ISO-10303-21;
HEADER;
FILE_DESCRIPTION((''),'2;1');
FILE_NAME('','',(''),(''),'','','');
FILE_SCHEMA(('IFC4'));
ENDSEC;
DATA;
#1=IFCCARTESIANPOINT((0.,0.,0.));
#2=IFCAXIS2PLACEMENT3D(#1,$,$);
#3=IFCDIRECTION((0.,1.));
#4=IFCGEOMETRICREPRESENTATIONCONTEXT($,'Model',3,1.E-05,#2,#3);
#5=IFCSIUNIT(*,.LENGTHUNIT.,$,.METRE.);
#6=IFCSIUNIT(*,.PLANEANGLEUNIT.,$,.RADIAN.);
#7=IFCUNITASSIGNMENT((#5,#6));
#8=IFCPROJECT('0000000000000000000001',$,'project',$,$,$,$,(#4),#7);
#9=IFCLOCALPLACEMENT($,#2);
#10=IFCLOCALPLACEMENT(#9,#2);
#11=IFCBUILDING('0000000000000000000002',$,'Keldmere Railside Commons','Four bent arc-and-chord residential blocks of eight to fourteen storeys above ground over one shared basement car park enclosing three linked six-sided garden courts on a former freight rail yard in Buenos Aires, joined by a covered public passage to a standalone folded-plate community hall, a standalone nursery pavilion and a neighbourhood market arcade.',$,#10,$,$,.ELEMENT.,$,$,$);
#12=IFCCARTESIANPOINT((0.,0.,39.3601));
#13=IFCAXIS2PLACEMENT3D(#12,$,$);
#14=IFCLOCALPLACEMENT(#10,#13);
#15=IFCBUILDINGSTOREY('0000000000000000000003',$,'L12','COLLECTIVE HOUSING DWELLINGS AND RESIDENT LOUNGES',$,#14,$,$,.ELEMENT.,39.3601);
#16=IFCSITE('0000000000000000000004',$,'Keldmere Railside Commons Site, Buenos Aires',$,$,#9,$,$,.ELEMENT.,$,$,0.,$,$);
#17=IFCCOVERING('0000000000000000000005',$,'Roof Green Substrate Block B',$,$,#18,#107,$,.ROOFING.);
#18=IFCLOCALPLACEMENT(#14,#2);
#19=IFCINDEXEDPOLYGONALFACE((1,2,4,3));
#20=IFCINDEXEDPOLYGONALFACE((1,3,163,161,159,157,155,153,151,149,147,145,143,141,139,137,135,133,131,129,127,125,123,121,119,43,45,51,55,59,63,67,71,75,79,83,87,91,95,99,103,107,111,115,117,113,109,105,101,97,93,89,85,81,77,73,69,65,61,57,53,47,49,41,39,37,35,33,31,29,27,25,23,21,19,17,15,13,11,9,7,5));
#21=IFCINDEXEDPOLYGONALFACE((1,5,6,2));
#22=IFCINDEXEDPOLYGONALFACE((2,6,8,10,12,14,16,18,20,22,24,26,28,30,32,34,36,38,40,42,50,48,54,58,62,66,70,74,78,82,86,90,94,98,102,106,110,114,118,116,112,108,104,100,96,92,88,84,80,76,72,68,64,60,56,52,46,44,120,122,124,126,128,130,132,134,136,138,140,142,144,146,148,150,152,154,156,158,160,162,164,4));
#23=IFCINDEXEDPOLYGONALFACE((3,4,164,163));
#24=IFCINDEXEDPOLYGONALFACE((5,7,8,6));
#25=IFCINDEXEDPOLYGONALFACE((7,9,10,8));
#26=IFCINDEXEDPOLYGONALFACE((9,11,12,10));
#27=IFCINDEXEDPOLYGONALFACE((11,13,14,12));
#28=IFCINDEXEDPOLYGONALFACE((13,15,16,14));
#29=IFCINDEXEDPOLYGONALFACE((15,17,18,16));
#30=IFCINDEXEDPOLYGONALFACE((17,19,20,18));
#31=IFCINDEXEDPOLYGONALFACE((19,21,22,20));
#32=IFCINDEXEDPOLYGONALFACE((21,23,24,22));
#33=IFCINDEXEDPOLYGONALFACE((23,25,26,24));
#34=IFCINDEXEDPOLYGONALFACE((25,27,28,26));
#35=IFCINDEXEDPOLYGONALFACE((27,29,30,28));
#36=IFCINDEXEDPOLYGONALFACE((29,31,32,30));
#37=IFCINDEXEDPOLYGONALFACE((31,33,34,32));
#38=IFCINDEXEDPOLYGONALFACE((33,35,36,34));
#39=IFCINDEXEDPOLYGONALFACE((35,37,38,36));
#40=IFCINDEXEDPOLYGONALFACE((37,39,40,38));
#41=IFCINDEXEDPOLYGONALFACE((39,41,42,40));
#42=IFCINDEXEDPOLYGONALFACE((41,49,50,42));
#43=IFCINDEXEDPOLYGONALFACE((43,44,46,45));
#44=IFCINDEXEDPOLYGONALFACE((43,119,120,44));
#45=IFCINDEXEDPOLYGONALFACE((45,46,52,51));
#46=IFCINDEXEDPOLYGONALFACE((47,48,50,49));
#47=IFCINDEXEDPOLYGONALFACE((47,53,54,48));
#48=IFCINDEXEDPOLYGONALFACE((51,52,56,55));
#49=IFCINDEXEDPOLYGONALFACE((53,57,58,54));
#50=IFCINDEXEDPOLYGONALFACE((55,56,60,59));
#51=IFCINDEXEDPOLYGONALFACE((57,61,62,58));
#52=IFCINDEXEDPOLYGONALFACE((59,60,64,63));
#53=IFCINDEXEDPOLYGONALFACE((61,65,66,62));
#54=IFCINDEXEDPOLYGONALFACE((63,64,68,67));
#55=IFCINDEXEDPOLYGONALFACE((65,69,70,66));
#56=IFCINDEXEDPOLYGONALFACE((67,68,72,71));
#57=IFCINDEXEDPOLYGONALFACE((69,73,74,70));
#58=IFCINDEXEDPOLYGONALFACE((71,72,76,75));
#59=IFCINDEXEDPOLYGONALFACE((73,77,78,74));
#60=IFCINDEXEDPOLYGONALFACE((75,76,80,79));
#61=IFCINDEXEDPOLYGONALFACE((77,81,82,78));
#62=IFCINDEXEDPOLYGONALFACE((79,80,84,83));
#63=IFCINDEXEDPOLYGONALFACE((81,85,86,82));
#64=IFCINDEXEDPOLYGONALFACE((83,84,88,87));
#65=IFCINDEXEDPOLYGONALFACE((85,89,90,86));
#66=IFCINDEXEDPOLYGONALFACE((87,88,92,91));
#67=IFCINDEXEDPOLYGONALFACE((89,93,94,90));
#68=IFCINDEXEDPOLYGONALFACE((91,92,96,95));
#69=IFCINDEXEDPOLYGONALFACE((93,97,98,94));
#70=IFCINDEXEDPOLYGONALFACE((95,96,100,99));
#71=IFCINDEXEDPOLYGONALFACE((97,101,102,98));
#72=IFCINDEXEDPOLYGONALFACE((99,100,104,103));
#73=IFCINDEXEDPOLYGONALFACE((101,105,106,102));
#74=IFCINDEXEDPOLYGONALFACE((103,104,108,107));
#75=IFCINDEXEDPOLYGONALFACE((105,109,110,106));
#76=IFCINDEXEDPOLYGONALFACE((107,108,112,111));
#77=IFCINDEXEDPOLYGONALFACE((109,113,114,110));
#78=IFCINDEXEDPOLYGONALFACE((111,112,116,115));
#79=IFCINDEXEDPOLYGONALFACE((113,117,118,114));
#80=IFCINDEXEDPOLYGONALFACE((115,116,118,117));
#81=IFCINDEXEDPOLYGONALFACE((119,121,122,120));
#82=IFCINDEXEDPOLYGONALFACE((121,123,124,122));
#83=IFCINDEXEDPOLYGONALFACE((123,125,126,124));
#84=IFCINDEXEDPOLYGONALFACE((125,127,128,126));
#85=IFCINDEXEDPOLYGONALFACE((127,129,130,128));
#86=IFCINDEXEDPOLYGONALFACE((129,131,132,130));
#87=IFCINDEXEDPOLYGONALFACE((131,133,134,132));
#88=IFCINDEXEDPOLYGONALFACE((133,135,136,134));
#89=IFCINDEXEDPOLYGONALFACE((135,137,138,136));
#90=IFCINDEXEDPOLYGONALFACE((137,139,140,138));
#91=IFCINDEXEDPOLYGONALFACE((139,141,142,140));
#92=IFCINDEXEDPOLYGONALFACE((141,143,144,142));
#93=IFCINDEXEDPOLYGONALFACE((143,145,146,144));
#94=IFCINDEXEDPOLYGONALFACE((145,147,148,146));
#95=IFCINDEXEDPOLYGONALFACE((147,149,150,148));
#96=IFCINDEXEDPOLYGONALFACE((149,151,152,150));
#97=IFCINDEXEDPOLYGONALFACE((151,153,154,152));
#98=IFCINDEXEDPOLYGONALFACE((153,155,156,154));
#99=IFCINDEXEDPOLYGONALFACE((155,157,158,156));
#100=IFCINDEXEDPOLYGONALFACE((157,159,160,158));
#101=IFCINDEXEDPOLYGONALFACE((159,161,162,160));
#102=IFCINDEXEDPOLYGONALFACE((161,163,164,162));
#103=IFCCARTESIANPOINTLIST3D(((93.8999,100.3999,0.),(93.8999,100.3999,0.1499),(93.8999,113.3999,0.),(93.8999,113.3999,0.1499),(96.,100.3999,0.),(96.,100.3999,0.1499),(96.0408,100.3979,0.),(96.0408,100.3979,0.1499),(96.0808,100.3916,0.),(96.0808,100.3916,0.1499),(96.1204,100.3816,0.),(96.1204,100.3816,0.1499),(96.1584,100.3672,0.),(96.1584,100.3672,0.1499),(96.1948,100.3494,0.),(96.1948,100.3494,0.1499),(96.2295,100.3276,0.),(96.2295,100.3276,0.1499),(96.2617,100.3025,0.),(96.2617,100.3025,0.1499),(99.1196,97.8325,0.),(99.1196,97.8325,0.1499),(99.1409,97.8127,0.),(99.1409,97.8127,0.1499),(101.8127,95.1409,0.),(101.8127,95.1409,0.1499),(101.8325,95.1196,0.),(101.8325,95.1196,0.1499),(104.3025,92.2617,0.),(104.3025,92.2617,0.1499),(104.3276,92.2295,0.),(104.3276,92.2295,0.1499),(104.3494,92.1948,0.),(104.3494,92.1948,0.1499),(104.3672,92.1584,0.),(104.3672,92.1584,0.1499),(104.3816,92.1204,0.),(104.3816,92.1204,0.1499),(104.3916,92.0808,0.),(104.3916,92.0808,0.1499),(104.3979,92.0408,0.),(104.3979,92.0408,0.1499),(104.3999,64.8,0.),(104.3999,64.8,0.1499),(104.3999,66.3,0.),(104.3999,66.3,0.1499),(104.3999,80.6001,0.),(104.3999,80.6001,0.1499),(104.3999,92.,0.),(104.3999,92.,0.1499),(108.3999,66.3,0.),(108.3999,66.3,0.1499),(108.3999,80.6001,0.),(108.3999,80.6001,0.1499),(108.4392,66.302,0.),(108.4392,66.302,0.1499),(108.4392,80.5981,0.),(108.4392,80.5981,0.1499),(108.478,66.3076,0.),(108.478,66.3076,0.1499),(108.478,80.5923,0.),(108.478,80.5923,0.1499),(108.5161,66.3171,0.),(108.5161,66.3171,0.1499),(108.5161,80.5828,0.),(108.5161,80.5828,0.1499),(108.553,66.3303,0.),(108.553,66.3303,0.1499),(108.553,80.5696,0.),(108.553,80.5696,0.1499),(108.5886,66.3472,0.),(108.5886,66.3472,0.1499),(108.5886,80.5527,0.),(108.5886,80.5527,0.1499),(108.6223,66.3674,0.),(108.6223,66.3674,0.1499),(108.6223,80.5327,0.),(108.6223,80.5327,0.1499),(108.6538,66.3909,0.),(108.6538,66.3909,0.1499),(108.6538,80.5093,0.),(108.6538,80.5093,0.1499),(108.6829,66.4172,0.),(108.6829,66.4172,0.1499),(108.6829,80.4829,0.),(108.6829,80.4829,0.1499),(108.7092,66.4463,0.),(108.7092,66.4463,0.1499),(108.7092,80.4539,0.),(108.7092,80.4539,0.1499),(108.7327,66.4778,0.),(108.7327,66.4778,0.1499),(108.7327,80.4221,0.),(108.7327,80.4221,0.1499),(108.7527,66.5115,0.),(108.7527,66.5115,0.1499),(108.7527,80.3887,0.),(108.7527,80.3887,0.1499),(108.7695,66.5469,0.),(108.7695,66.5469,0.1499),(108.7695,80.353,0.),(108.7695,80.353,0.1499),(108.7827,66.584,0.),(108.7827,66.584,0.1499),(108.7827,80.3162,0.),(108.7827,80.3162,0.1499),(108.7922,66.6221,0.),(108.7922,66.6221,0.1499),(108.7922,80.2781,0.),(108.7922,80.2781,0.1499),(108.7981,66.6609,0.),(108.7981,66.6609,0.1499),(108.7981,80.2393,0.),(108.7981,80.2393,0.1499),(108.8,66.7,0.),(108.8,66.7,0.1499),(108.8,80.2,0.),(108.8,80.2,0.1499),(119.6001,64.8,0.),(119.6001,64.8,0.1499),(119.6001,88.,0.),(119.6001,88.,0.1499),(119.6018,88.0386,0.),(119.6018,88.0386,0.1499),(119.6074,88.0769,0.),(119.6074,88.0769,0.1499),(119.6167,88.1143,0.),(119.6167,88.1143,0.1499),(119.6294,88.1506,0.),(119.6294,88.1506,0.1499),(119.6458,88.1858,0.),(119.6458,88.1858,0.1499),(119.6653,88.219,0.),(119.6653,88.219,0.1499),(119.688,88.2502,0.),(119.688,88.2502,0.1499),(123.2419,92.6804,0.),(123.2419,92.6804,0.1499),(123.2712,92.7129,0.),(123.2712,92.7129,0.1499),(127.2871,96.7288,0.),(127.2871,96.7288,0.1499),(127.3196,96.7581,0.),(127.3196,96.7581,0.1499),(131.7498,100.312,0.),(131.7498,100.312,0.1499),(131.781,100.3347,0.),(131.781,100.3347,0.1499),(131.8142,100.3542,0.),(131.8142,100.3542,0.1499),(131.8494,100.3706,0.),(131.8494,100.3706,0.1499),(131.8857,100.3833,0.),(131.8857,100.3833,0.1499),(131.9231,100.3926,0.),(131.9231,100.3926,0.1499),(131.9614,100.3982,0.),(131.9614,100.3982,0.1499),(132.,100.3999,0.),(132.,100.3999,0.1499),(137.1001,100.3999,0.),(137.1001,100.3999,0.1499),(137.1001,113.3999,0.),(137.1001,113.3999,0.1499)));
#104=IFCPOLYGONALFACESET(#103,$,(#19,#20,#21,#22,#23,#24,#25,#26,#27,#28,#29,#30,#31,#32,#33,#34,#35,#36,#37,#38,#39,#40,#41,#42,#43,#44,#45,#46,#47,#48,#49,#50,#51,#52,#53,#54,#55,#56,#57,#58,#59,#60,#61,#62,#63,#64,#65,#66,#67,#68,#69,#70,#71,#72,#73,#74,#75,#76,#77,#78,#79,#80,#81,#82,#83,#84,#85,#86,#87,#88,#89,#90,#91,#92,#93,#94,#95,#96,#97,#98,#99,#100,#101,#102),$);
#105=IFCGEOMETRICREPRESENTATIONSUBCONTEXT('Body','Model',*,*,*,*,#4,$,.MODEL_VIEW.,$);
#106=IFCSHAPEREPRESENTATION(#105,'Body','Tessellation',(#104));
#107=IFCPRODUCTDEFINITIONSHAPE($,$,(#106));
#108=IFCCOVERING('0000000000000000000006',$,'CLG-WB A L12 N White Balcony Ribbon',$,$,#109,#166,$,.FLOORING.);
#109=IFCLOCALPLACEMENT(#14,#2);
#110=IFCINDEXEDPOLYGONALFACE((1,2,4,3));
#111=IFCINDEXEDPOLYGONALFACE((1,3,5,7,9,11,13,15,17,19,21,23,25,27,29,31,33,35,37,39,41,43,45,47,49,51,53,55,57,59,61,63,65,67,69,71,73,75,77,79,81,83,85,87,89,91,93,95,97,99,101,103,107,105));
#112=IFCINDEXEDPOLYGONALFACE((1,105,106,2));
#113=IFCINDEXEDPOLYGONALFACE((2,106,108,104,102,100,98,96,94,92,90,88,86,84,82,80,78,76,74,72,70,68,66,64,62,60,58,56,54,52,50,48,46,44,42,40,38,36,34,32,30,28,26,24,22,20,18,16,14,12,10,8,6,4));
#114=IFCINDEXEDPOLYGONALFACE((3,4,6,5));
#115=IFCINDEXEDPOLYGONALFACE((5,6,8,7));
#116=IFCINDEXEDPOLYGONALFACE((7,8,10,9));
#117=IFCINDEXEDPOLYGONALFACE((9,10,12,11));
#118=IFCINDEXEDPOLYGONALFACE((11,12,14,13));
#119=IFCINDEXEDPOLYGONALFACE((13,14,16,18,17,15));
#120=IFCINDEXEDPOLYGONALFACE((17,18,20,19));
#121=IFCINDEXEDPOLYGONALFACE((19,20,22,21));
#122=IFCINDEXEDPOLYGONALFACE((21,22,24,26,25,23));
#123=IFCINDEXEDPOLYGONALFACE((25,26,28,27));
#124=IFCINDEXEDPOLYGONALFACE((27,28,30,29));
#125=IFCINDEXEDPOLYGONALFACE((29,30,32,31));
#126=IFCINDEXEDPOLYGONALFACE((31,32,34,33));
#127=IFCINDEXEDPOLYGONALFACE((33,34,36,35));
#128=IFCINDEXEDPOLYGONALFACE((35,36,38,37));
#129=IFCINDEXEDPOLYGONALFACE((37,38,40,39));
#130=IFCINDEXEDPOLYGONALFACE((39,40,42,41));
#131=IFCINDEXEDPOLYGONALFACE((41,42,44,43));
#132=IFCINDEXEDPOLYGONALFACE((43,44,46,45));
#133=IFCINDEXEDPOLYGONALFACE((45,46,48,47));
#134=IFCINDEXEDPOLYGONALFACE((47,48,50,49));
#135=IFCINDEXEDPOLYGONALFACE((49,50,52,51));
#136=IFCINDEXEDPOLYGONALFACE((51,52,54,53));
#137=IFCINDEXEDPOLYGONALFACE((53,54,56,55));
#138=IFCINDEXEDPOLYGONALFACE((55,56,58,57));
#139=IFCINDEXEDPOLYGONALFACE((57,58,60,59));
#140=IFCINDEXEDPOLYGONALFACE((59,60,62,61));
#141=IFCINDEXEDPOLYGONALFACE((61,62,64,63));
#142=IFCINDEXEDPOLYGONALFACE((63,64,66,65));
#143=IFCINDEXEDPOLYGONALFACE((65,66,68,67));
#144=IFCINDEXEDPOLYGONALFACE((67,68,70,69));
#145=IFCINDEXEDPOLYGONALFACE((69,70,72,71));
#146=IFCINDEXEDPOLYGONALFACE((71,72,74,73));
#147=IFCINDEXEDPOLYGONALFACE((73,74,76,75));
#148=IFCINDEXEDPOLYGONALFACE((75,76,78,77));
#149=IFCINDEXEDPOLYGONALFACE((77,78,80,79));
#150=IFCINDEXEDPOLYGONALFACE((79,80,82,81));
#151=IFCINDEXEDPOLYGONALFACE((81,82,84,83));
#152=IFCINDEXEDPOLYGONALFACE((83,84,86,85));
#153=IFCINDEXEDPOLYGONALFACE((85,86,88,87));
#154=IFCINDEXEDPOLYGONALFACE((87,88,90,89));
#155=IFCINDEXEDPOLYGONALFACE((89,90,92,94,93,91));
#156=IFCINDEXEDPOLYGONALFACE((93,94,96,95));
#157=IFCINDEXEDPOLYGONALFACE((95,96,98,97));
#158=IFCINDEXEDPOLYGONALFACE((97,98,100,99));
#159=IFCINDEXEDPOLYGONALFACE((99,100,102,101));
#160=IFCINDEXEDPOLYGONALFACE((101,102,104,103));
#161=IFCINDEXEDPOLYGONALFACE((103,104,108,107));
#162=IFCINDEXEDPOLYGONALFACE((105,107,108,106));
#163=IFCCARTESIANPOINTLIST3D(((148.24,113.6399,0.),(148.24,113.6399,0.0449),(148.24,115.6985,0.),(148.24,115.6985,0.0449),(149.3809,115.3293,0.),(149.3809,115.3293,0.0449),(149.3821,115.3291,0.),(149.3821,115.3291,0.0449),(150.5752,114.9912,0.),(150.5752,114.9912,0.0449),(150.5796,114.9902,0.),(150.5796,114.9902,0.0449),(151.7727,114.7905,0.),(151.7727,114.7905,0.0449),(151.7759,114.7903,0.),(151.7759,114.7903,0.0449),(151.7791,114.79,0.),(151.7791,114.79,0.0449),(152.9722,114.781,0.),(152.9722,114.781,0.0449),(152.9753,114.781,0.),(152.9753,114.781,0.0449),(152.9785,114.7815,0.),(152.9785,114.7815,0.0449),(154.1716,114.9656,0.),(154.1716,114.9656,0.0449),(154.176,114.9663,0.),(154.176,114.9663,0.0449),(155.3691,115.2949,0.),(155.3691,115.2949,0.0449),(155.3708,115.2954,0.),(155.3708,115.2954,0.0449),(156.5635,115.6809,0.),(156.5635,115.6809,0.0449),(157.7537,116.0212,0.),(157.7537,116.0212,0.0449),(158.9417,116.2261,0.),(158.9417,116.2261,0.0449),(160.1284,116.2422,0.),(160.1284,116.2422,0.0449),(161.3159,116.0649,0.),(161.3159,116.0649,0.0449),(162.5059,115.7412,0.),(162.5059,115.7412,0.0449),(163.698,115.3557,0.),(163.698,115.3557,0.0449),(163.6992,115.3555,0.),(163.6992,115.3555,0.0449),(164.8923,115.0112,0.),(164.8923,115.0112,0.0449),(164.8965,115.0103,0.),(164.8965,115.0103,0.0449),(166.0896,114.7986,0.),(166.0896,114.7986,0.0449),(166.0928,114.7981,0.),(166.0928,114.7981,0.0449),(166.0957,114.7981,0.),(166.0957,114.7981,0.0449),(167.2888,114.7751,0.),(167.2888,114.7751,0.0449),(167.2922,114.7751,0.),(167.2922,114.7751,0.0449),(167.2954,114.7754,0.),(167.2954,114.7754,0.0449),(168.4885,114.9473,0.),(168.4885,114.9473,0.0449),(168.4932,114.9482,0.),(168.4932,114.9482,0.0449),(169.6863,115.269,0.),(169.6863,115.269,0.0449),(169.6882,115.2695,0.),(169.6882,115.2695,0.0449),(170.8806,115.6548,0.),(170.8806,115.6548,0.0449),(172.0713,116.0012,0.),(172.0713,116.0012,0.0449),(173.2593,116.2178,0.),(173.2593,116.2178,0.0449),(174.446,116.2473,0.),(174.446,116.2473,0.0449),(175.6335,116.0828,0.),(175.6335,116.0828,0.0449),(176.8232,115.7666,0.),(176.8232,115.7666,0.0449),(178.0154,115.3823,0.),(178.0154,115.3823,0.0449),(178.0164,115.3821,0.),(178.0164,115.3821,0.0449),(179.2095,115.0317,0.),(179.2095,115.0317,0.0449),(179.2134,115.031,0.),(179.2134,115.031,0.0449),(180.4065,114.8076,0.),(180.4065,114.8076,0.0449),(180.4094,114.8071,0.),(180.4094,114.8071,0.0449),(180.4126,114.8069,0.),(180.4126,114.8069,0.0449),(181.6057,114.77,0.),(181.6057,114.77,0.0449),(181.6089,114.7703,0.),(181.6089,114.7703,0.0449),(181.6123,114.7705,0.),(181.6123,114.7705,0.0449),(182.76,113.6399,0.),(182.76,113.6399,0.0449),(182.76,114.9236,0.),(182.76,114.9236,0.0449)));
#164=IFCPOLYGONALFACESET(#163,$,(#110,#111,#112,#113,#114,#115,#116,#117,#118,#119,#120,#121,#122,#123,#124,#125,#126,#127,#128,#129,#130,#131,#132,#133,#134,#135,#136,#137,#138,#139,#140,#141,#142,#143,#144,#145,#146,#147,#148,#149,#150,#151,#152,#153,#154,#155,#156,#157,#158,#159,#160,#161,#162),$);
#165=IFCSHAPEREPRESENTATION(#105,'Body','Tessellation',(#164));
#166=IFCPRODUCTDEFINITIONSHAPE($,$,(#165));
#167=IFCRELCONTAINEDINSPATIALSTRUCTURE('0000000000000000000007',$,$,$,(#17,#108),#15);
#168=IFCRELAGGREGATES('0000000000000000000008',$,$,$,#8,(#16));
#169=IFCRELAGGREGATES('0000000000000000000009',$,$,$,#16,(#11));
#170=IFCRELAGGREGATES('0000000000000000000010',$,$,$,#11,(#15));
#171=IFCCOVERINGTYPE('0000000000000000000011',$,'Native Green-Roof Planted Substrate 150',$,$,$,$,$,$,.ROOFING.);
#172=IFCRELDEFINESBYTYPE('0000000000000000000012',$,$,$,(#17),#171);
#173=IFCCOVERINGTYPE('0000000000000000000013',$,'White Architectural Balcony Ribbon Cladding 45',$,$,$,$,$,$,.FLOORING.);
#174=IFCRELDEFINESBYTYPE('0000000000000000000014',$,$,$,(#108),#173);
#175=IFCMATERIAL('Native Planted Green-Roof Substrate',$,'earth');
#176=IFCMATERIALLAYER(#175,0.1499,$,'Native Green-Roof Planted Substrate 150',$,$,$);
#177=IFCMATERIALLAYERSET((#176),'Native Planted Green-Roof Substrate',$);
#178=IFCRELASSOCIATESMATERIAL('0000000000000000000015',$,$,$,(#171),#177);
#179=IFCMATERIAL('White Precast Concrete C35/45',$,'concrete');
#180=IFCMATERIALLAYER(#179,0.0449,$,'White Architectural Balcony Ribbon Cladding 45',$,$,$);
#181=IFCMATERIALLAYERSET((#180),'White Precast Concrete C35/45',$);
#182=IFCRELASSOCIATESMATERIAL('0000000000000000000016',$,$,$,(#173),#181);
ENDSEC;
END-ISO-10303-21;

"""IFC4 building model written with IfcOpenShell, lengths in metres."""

from ifc_helpers import new_model, si_unit, direction, frame, origin, place, context, subcontext, project, spatial, polyline, outline, extrude, material, layer, layer_set, type_object, element, save


model = new_model("IFC4")

# Units and contexts
model_context = context("Model", 3, precision=1e-05, world=origin(), true_north=direction((0.0, 1.0)))
body_context = subcontext(model_context, "Body", "Model", "MODEL_VIEW")
ifc_project = project(units=[si_unit("LENGTHUNIT", "METRE"), si_unit("PLANEANGLEUNIT", "RADIAN")], contexts=[model_context])

# Site, building, storey
site_placement = place(None, origin())
site = spatial("IfcSite", under=ifc_project, at=site_placement, Name="Keldmere Railside Commons Site, Buenos Aires", CompositionType="ELEMENT", RefElevation=0.0)
building_placement = place(site_placement, origin())
building = spatial("IfcBuilding", under=site, at=building_placement, Name="Keldmere Railside Commons", Description="Four bent arc-and-chord residential blocks of eight to fourteen storeys above ground over one shared basement car park enclosing three linked six-sided garden courts on a former freight rail yard in Buenos Aires, joined by a covered public passage to a standalone folded-plate community hall, a standalone nursery pavilion and a neighbourhood market arcade.", CompositionType="ELEMENT")
storey_placement = place(building_placement, frame((0.0, 0.0, 39.3601)))
storey = spatial("IfcBuildingStorey", under=building, at=storey_placement, Name="L12", Description="COLLECTIVE HOUSING DWELLINGS AND RESIDENT LOUNGES", CompositionType="ELEMENT", Elevation=39.3601)

# Coverings
ifc_material_1 = material(Name="Native Planted Green-Roof Substrate", Category="earth")
ifc_layer_1 = layer(ifc_material_1, 0.1499, Name="Native Green-Roof Planted Substrate 150")
ifc_layer_set_1 = layer_set([ifc_layer_1], Name="Native Planted Green-Roof Substrate")
covering_type_1 = type_object("IfcCoveringType", Name="Native Green-Roof Planted Substrate 150", PredefinedType="ROOFING", material=ifc_layer_set_1)
covering_1_placement = place(storey_placement, origin())
element("IfcCovering", 1, at=covering_1_placement, inside=storey, type_object=covering_type_1, Name="Roof Green Substrate Block B", PredefinedType="ROOFING", context=body_context, shape_type="SweptSolid", body=[
    extrude(outline(polyline([(104.3999, 80.6001), (108.3999, 80.6001), (108.4392, 80.5981), (108.478, 80.5923), (108.5161, 80.5828), (108.553, 80.5696), (108.5886, 80.5527), (108.6223, 80.5327), (108.6538, 80.5093), (108.6829, 80.4829), (108.7092, 80.4539), (108.7327, 80.4221), (108.7527, 80.3887), (108.7695, 80.353), (108.7827, 80.3162), (108.7922, 80.2781), (108.7981, 80.2393), (108.8, 80.2), (108.8, 66.7), (108.7981, 66.6609), (108.7922, 66.6221), (108.7827, 66.584), (108.7695, 66.5469), (108.7527, 66.5115), (108.7327, 66.4778), (108.7092, 66.4463), (108.6829, 66.4172), (108.6538, 66.3909), (108.6223, 66.3674), (108.5886, 66.3472), (108.553, 66.3303), (108.5161, 66.3171), (108.478, 66.3076), (108.4392, 66.302), (108.3999, 66.3), (104.3999, 66.3), (104.3999, 64.8), (119.6001, 64.8), (119.6001, 88.0), (119.6018, 88.0386), (119.6074, 88.0769), (119.6167, 88.1143), (119.6294, 88.1506), (119.6458, 88.1858), (119.6653, 88.219), (119.688, 88.2502), (123.2419, 92.6804), (123.2712, 92.7129), (127.2871, 96.7288), (127.3196, 96.7581), (131.7498, 100.312), (131.781, 100.3347), (131.8142, 100.3542), (131.8494, 100.3706), (131.8857, 100.3833), (131.9231, 100.3926), (131.9614, 100.3982), (132.0, 100.3999), (137.1001, 100.3999), (137.1001, 113.3999), (93.8999, 113.3999), (93.8999, 100.3999), (96.0, 100.3999), (96.0408, 100.3979), (96.0808, 100.3916), (96.1204, 100.3816), (96.1584, 100.3672), (96.1948, 100.3494), (96.2295, 100.3276), (96.2617, 100.3025), (99.1196, 97.8325), (99.1409, 97.8127), (101.8127, 95.1409), (101.8325, 95.1196), (104.3025, 92.2617), (104.3276, 92.2295), (104.3494, 92.1948), (104.3672, 92.1584), (104.3816, 92.1204), (104.3916, 92.0808), (104.3979, 92.0408), (104.3999, 92.0), (104.3999, 80.6001)])), origin(), (0.0, 0.0, 1.0), 0.1499),
])
ifc_material_2 = material(Name="White Precast Concrete C35/45", Category="concrete")
ifc_layer_2 = layer(ifc_material_2, 0.0449, Name="White Architectural Balcony Ribbon Cladding 45")
ifc_layer_set_2 = layer_set([ifc_layer_2], Name="White Precast Concrete C35/45")
covering_type_2 = type_object("IfcCoveringType", Name="White Architectural Balcony Ribbon Cladding 45", PredefinedType="FLOORING", material=ifc_layer_set_2)
covering_2_placement = place(storey_placement, origin())
element("IfcCovering", 2, at=covering_2_placement, inside=storey, type_object=covering_type_2, Name="CLG-WB A L12 N White Balcony Ribbon", PredefinedType="FLOORING", context=body_context, shape_type="SweptSolid", body=[
    extrude(outline(polyline([(182.76, 113.6399), (182.76, 114.9236), (181.6123, 114.7705), (181.6089, 114.7703), (181.6057, 114.77), (180.4126, 114.8069), (180.4094, 114.8071), (180.4065, 114.8076), (179.2134, 115.031), (179.2095, 115.0317), (178.0164, 115.3821), (178.0154, 115.3823), (176.8232, 115.7666), (175.6335, 116.0828), (174.446, 116.2473), (173.2593, 116.2178), (172.0713, 116.0012), (170.8806, 115.6548), (169.6882, 115.2695), (169.6863, 115.269), (168.4932, 114.9482), (168.4885, 114.9473), (167.2954, 114.7754), (167.2922, 114.7751), (167.2888, 114.7751), (166.0957, 114.7981), (166.0928, 114.7981), (166.0896, 114.7986), (164.8965, 115.0103), (164.8923, 115.0112), (163.6992, 115.3555), (163.698, 115.3557), (162.5059, 115.7412), (161.3159, 116.0649), (160.1284, 116.2422), (158.9417, 116.2261), (157.7537, 116.0212), (156.5635, 115.6809), (155.3708, 115.2954), (155.3691, 115.2949), (154.176, 114.9663), (154.1716, 114.9656), (152.9785, 114.7815), (152.9753, 114.781), (152.9722, 114.781), (151.7791, 114.79), (151.7759, 114.7903), (151.7727, 114.7905), (150.5796, 114.9902), (150.5752, 114.9912), (149.3821, 115.3291), (149.3809, 115.3293), (148.24, 115.6985), (148.24, 113.6399), (182.76, 113.6399)])), origin(), (0.0, 0.0, 1.0), 0.0449),
])

save(model, "model.ifc")
